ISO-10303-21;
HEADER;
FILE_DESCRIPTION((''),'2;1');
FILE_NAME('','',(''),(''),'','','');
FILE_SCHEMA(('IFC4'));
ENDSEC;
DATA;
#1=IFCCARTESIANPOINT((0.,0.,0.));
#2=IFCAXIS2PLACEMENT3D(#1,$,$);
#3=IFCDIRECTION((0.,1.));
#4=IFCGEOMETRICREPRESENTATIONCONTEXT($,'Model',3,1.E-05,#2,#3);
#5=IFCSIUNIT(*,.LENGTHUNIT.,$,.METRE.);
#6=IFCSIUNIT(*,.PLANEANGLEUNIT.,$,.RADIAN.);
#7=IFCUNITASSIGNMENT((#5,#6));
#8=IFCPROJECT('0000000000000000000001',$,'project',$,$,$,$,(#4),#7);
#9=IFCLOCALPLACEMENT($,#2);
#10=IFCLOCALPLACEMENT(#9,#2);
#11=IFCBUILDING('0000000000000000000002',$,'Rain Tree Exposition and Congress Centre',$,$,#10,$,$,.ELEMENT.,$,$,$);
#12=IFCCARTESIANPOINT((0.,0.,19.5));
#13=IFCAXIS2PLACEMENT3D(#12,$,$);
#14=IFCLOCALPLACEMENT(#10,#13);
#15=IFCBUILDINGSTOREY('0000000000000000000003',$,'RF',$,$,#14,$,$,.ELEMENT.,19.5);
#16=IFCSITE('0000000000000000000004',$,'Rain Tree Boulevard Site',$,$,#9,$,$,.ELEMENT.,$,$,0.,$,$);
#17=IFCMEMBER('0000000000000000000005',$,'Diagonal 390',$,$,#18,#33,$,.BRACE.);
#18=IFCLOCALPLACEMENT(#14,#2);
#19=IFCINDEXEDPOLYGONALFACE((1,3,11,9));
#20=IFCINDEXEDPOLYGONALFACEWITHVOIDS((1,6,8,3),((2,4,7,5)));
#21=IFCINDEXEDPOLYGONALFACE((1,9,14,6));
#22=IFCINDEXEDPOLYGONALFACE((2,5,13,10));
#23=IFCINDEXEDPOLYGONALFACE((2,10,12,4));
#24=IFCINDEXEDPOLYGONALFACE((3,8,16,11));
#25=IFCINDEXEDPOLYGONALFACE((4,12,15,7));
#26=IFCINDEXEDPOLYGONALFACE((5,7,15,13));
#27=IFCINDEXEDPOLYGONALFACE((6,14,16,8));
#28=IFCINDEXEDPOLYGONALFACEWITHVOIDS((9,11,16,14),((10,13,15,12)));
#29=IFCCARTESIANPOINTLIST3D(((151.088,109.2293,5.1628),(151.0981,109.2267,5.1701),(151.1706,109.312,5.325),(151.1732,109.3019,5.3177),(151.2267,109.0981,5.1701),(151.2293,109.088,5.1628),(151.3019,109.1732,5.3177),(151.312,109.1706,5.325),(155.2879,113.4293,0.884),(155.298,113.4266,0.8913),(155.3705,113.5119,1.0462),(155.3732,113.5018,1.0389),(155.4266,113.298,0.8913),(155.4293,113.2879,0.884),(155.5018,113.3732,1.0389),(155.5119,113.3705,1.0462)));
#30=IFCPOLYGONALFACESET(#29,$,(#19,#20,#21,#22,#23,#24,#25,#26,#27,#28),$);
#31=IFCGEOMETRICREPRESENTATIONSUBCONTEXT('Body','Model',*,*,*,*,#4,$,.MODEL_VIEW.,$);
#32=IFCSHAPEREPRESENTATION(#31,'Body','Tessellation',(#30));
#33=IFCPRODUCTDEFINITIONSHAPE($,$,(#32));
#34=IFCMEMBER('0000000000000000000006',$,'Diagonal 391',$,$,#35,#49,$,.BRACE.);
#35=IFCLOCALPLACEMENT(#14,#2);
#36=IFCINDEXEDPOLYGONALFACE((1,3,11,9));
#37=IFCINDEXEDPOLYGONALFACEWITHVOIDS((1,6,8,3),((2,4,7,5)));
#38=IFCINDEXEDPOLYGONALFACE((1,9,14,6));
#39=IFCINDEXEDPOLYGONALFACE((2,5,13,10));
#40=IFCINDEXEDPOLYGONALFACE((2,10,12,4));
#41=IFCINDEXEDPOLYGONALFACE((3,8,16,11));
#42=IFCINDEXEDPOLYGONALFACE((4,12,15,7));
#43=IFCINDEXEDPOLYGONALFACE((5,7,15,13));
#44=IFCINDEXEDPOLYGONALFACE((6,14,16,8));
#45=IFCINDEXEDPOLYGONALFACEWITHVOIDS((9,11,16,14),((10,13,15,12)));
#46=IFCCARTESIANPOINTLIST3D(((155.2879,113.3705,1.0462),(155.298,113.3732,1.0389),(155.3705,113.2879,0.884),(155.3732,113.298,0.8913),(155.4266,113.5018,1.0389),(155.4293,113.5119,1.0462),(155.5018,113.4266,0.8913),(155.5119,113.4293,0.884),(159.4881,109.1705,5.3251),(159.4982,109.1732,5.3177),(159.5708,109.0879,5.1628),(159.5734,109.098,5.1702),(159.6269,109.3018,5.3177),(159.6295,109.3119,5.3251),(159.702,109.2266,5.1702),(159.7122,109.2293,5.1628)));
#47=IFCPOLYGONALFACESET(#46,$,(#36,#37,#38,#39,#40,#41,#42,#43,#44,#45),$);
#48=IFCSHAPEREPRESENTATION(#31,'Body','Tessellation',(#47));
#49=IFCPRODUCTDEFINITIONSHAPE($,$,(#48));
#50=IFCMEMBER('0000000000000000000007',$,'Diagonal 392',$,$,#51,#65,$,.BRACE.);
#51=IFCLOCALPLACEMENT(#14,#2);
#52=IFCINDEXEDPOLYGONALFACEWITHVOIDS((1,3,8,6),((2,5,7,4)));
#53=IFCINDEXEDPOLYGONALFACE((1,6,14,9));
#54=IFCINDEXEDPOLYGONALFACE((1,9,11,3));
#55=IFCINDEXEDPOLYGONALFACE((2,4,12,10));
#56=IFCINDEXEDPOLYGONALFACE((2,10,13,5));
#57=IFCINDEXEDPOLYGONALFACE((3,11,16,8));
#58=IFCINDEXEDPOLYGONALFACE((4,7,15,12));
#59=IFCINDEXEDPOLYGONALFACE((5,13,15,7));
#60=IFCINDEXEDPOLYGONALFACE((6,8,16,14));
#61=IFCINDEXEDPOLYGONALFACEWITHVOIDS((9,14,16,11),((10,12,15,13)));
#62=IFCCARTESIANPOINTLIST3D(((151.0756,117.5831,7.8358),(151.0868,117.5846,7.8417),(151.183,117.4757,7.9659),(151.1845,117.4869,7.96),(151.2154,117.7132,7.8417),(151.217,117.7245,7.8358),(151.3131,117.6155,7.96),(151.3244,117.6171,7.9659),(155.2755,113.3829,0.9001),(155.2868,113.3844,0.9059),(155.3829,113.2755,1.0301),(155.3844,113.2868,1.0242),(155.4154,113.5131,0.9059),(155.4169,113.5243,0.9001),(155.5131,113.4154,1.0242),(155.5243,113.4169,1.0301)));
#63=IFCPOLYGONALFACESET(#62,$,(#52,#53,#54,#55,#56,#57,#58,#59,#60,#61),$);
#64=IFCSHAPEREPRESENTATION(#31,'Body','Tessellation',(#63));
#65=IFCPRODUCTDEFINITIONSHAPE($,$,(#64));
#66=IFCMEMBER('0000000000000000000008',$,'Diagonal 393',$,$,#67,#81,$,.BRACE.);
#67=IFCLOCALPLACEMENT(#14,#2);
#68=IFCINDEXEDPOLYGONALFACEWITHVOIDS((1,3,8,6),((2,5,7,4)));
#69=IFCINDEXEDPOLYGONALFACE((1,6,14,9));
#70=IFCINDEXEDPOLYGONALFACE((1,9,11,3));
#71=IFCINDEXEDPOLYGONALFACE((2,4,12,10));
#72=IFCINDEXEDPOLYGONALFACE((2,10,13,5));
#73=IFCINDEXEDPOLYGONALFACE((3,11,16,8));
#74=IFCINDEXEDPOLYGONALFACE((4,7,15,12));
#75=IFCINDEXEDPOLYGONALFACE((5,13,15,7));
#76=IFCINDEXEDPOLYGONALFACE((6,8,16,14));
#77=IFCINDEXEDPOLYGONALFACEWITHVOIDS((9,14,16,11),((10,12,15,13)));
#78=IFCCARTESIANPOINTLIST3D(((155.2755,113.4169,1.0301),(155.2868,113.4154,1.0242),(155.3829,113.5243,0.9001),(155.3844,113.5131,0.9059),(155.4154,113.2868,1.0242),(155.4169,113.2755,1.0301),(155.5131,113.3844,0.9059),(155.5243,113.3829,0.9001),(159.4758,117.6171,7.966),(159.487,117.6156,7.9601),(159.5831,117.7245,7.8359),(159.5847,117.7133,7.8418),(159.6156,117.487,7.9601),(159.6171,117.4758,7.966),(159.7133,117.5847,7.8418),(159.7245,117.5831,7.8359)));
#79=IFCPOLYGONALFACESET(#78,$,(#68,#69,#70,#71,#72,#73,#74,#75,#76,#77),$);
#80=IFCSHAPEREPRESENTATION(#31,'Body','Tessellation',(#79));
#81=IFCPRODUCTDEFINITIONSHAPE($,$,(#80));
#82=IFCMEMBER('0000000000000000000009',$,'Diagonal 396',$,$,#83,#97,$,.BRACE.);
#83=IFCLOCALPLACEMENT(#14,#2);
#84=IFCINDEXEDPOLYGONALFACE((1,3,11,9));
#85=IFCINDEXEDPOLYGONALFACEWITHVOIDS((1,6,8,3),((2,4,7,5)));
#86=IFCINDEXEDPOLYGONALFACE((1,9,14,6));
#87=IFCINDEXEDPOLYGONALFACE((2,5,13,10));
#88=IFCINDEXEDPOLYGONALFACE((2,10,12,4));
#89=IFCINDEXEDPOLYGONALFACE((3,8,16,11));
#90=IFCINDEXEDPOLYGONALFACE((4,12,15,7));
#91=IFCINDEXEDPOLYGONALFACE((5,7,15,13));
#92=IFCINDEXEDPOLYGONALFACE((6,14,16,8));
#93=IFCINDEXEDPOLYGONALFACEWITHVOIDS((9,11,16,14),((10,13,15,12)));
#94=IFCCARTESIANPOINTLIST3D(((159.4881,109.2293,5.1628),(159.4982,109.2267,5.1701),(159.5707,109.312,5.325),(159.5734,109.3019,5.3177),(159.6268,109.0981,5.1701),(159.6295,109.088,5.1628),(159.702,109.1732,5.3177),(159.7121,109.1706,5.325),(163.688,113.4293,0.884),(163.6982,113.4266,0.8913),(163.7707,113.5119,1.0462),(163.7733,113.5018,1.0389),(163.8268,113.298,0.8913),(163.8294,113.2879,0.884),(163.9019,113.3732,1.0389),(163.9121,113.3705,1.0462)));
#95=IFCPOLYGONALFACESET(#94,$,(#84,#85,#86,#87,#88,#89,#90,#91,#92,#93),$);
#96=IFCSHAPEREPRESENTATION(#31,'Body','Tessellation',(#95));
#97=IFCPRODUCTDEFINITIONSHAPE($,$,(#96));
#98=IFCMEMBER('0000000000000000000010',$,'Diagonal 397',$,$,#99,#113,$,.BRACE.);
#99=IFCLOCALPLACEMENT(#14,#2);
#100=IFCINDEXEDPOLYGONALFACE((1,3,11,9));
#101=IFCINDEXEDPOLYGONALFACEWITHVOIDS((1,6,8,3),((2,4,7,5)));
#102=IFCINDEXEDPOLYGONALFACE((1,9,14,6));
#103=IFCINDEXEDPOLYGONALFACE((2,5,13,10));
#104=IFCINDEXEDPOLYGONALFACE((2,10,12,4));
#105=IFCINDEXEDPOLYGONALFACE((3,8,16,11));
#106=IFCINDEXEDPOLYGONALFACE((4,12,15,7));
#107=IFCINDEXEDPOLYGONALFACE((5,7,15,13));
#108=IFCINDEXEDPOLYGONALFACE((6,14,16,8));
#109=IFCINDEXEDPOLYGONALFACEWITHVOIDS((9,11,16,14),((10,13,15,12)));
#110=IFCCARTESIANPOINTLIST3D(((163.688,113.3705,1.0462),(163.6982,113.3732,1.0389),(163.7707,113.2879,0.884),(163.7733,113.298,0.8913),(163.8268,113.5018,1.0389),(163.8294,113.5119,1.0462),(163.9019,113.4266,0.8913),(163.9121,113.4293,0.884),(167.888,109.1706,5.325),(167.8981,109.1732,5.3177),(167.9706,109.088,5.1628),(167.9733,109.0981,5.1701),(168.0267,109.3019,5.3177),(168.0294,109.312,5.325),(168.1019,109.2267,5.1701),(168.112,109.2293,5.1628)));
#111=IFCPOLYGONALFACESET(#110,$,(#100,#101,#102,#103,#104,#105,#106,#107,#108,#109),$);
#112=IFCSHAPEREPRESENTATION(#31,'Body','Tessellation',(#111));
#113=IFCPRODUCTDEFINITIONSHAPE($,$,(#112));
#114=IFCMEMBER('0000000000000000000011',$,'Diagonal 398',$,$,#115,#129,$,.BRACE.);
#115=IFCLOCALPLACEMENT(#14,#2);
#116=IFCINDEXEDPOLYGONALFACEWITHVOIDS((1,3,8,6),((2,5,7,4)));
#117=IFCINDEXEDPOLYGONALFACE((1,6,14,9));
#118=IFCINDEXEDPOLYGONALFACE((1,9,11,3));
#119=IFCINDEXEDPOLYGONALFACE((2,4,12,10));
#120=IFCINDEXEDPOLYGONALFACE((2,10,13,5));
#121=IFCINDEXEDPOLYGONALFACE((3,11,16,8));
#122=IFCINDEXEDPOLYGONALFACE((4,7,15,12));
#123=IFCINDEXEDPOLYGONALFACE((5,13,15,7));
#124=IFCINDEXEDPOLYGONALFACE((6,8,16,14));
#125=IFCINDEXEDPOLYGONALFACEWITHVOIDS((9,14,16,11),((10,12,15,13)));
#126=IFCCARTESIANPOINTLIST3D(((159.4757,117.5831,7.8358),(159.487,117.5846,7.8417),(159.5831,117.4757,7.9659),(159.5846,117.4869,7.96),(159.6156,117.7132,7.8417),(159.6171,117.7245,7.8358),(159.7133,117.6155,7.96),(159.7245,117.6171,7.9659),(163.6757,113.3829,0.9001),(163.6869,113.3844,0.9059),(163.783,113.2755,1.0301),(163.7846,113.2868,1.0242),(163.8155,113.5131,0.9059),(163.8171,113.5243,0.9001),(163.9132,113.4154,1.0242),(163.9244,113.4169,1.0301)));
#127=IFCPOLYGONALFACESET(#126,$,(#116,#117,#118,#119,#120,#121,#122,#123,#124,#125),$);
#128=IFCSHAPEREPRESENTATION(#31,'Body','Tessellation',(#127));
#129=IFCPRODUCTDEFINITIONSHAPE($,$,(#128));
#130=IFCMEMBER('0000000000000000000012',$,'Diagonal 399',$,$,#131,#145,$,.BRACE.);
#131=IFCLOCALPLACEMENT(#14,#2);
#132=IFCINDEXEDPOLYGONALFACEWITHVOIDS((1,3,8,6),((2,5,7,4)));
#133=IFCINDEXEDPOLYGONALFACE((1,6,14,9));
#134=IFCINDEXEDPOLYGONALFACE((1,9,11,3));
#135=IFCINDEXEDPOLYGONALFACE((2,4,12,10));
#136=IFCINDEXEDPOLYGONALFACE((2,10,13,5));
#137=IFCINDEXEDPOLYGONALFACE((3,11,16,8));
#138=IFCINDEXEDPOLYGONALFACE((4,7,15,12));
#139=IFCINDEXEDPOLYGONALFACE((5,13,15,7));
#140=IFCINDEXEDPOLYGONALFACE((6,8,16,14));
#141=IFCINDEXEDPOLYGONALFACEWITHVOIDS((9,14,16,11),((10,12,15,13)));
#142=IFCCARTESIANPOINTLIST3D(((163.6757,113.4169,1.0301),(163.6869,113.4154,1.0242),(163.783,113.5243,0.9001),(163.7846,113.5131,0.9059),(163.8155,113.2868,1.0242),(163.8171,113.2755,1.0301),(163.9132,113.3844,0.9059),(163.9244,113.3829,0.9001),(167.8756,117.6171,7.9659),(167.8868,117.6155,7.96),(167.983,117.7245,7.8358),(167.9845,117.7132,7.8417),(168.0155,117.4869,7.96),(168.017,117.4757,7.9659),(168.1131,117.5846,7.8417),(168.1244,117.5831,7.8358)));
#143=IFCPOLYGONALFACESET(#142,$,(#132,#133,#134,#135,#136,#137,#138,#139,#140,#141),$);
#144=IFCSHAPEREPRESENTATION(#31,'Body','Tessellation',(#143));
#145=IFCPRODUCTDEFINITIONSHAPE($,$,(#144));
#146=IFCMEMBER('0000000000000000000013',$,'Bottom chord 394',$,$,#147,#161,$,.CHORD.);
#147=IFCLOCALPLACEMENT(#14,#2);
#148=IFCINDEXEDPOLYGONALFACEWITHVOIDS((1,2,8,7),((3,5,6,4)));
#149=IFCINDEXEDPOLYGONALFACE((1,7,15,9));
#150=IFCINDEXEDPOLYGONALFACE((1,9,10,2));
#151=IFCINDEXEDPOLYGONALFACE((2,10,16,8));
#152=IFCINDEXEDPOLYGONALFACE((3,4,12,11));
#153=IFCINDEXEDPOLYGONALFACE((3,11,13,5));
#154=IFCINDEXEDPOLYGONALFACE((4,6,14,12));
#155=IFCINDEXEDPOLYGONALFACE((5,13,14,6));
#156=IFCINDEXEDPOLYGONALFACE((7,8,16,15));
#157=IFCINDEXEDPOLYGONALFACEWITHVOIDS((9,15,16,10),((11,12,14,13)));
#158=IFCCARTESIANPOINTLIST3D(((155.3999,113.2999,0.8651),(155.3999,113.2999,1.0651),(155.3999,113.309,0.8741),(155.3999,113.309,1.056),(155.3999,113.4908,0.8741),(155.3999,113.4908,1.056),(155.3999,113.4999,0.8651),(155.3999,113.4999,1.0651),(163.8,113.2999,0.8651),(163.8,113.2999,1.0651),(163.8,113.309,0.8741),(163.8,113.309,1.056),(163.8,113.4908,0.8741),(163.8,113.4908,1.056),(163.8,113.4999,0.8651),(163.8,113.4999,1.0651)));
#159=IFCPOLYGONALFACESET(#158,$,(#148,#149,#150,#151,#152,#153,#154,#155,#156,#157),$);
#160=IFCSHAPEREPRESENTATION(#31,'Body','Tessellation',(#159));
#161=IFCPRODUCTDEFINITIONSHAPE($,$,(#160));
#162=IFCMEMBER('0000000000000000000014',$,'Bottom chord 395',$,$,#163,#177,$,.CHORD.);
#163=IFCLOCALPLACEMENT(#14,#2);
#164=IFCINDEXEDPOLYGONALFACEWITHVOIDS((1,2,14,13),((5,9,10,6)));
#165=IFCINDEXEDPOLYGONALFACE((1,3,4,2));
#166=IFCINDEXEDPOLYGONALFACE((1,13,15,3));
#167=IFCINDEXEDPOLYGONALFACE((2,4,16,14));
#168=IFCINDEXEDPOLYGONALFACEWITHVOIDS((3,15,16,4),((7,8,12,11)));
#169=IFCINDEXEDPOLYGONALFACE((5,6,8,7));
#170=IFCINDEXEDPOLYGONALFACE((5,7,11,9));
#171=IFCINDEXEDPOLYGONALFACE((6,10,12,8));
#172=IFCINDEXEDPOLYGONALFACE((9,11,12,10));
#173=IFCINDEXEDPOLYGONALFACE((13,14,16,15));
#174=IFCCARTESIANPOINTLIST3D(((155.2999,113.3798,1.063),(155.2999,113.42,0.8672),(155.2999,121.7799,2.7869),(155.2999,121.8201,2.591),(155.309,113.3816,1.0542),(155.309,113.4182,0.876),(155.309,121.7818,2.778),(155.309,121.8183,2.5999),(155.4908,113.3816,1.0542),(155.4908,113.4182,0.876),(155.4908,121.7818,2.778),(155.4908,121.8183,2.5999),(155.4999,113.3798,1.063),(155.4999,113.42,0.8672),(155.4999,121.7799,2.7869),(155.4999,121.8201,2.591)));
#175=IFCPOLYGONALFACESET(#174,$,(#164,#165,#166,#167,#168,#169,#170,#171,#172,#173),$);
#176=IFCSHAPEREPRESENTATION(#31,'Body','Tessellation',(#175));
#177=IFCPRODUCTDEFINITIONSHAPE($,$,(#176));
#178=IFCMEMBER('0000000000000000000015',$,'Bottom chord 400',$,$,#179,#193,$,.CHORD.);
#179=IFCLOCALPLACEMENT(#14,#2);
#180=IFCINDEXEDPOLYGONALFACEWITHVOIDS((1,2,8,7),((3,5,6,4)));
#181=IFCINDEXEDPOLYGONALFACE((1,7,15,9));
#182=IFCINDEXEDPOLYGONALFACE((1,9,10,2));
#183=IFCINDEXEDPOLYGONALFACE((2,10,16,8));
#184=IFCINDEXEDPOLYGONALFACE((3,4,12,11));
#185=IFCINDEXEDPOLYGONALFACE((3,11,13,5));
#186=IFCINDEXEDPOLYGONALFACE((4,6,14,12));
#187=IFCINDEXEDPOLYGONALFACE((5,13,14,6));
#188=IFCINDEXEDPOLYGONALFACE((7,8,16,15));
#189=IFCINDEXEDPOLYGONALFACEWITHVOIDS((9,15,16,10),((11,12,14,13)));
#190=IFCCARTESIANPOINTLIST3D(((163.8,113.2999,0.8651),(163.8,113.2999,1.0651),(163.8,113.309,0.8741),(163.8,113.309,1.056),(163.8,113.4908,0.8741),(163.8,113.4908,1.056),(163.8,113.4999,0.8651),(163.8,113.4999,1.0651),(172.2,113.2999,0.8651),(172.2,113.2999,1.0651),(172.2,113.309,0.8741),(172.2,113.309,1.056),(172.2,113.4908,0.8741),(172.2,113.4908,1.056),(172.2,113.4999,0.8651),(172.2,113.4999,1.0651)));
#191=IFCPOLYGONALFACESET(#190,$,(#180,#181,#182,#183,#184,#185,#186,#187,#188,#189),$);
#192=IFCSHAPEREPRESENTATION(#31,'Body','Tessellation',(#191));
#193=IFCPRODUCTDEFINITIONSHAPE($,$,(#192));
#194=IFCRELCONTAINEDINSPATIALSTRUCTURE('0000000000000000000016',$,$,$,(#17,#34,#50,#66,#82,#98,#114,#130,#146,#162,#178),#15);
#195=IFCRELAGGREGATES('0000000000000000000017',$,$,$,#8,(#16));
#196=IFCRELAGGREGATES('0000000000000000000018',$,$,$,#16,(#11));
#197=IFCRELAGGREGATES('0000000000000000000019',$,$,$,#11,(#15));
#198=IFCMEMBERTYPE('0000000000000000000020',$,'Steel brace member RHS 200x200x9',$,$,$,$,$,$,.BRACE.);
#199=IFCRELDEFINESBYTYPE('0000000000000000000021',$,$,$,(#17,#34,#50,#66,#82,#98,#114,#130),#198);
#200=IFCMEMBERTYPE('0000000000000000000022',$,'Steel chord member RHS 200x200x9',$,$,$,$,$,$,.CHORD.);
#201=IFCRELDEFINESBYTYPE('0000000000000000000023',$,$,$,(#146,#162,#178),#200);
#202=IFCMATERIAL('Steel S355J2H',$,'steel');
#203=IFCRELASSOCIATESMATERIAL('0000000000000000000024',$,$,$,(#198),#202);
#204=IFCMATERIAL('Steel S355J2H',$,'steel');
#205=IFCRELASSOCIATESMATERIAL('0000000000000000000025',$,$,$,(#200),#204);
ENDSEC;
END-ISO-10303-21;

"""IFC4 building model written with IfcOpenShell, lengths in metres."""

from ifc_helpers import new_model, si_unit, direction, frame, origin, origin_2d, place, context, subcontext, project, spatial, hollow_rectangle, extrude, material, material_profile, profile_set, type_object, element, save


model = new_model("IFC4")

# Units and contexts
model_context = context("Model", 3, precision=1e-05, world=origin(), true_north=direction((0.0, 1.0)))
body_context = subcontext(model_context, "Body", "Model", "MODEL_VIEW")
ifc_project = project(units=[si_unit("LENGTHUNIT", "METRE"), si_unit("PLANEANGLEUNIT", "RADIAN")], contexts=[model_context])

# Site, building, storey
site_placement = place(None, origin())
site = spatial("IfcSite", under=ifc_project, at=site_placement, Name="Rain Tree Boulevard Site", CompositionType="ELEMENT", RefElevation=0.0)
building_placement = place(site_placement, origin())
building = spatial("IfcBuilding", under=site, at=building_placement, Name="Rain Tree Exposition and Congress Centre", CompositionType="ELEMENT")
storey_placement = place(building_placement, frame((0.0, 0.0, 19.5)))
storey = spatial("IfcBuildingStorey", under=building, at=storey_placement, Name="RF", CompositionType="ELEMENT", Elevation=19.5)

# Members
ifc_material_1 = material(Name="Steel S355J2H", Category="steel")
ifc_material_profile_1 = material_profile(ifc_material_1, hollow_rectangle(XDim=0.2, YDim=0.2, WallThickness=0.009, at=origin_2d()), Name="RHS 200x200x9")
ifc_profile_set_1 = profile_set([ifc_material_profile_1], Name="Steel S355J2H")
member_type_1 = type_object("IfcMemberType", Name="Steel brace member RHS 200x200x9", PredefinedType="BRACE", material=ifc_profile_set_1)
member_1_placement = place(storey_placement, frame((155.3999, 113.3999, 0.9651), z_axis=(-0.573737, -0.573737, 0.58451), x_axis=(0.707107, -0.707107, 0.0)))
element("IfcMember", 1, at=member_1_placement, inside=storey, type_object=member_type_1, Name="Diagonal 390", PredefinedType="BRACE", context=body_context, shape_type="SweptSolid", body=[
    extrude(hollow_rectangle(XDim=0.2, YDim=0.2, WallThickness=0.009, at=origin_2d()), origin(), (0.0, 0.0, 1.0), 7.3203),
])
member_2_placement = place(storey_placement, frame((155.3999, 113.3999, 0.9651), z_axis=(0.57376, -0.573726, 0.584498), x_axis=(0.707086, 0.707127, 0.0)))
element("IfcMember", 2, at=member_2_placement, inside=storey, type_object=member_type_1, Name="Diagonal 391", PredefinedType="BRACE", context=body_context, shape_type="SweptSolid", body=[
    extrude(hollow_rectangle(XDim=0.2, YDim=0.2, WallThickness=0.009, at=origin_2d()), origin(), (0.0, 0.0, 1.0), 7.3206),
])
member_3_placement = place(storey_placement, frame((155.3999, 113.3999, 0.9651), z_axis=(-0.459935, 0.459962, 0.759536), x_axis=(-0.707127, -0.707086, 0.0)))
element("IfcMember", 3, at=member_3_placement, inside=storey, type_object=member_type_1, Name="Diagonal 392", PredefinedType="BRACE", context=body_context, shape_type="SweptSolid", body=[
    extrude(hollow_rectangle(XDim=0.2, YDim=0.2, WallThickness=0.009, at=origin_2d()), origin(), (0.0, 0.0, 1.0), 9.1316),
])
member_4_placement = place(storey_placement, frame((155.3999, 113.3999, 0.9651), z_axis=(0.459956, 0.459956, 0.759527), x_axis=(-0.707107, 0.707107, 0.0)))
element("IfcMember", 4, at=member_4_placement, inside=storey, type_object=member_type_1, Name="Diagonal 393", PredefinedType="BRACE", context=body_context, shape_type="SweptSolid", body=[
    extrude(hollow_rectangle(XDim=0.2, YDim=0.2, WallThickness=0.009, at=origin_2d()), origin(), (0.0, 0.0, 1.0), 9.1318),
])
for number, where, z_axis, x_axis, name in (
    (5, (163.8, 113.3999, 0.9651), (-0.573737, -0.573737, 0.58451), (0.707107, -0.707107, 0.0), "Diagonal 396"),
    (6, (163.8, 113.3999, 0.9651), (0.573737, -0.573737, 0.58451), (0.707107, 0.707107, 0.0), "Diagonal 397"),
):
    element("IfcMember", number, at=place(storey_placement, frame(where, z_axis=z_axis, x_axis=x_axis)), inside=storey, type_object=member_type_1, Name=name, PredefinedType="BRACE", context=body_context, shape_type="SweptSolid", body=[
        extrude(hollow_rectangle(XDim=0.2, YDim=0.2, WallThickness=0.009, at=origin_2d()), origin(), (0.0, 0.0, 1.0), 7.3203),
    ])
for number, where, z_axis, x_axis, name in (
    (7, (163.8, 113.3999, 0.9651), (-0.459935, 0.459962, 0.759536), (-0.707127, -0.707086, 0.0), "Diagonal 398"),
    (8, (163.8, 113.3999, 0.9651), (0.459935, 0.459962, 0.759536), (-0.707127, 0.707086, 0.0), "Diagonal 399"),
):
    element("IfcMember", number, at=place(storey_placement, frame(where, z_axis=z_axis, x_axis=x_axis)), inside=storey, type_object=member_type_1, Name=name, PredefinedType="BRACE", context=body_context, shape_type="SweptSolid", body=[
        extrude(hollow_rectangle(XDim=0.2, YDim=0.2, WallThickness=0.009, at=origin_2d()), origin(), (0.0, 0.0, 1.0), 9.1316),
    ])
ifc_material_2 = material(Name="Steel S355J2H", Category="steel")
ifc_material_profile_2 = material_profile(ifc_material_2, hollow_rectangle(XDim=0.2, YDim=0.2, WallThickness=0.009, at=origin_2d()), Name="RHS 200x200x9")
ifc_profile_set_2 = profile_set([ifc_material_profile_2], Name="Steel S355J2H")
member_type_2 = type_object("IfcMemberType", Name="Steel chord member RHS 200x200x9", PredefinedType="CHORD", material=ifc_profile_set_2)
member_5_placement = place(storey_placement, frame((155.3999, 113.3999, 0.9651), z_axis=(1.0, 0.0, 0.0), x_axis=(0.0, 1.0, 0.0)))
element("IfcMember", 9, at=member_5_placement, inside=storey, type_object=member_type_2, Name="Bottom chord 394", PredefinedType="CHORD", context=body_context, shape_type="SweptSolid", body=[
    extrude(hollow_rectangle(XDim=0.2, YDim=0.2, WallThickness=0.009, at=origin_2d()), origin(), (0.0, 0.0, 1.0), 8.4001),
])
member_6_placement = place(storey_placement, frame((155.3999, 113.3999, 0.9651), z_axis=(0.0, 0.979585, 0.20103), x_axis=(-1.0, 0.0, 0.0)))
element("IfcMember", 10, at=member_6_placement, inside=storey, type_object=member_type_2, Name="Bottom chord 395", PredefinedType="CHORD", context=body_context, shape_type="SweptSolid", body=[
    extrude(hollow_rectangle(XDim=0.2, YDim=0.2, WallThickness=0.009, at=origin_2d()), origin(), (0.0, 0.0, 1.0), 8.5752),
])
member_7_placement = place(storey_placement, frame((163.8, 113.3999, 0.9651), z_axis=(1.0, 0.0, 0.0), x_axis=(0.0, 1.0, 0.0)))
element("IfcMember", 11, at=member_7_placement, inside=storey, type_object=member_type_2, Name="Bottom chord 400", PredefinedType="CHORD", context=body_context, shape_type="SweptSolid", body=[
    extrude(hollow_rectangle(XDim=0.2, YDim=0.2, WallThickness=0.009, at=origin_2d()), origin(), (0.0, 0.0, 1.0), 8.3999),
])

save(model, "model.ifc")
